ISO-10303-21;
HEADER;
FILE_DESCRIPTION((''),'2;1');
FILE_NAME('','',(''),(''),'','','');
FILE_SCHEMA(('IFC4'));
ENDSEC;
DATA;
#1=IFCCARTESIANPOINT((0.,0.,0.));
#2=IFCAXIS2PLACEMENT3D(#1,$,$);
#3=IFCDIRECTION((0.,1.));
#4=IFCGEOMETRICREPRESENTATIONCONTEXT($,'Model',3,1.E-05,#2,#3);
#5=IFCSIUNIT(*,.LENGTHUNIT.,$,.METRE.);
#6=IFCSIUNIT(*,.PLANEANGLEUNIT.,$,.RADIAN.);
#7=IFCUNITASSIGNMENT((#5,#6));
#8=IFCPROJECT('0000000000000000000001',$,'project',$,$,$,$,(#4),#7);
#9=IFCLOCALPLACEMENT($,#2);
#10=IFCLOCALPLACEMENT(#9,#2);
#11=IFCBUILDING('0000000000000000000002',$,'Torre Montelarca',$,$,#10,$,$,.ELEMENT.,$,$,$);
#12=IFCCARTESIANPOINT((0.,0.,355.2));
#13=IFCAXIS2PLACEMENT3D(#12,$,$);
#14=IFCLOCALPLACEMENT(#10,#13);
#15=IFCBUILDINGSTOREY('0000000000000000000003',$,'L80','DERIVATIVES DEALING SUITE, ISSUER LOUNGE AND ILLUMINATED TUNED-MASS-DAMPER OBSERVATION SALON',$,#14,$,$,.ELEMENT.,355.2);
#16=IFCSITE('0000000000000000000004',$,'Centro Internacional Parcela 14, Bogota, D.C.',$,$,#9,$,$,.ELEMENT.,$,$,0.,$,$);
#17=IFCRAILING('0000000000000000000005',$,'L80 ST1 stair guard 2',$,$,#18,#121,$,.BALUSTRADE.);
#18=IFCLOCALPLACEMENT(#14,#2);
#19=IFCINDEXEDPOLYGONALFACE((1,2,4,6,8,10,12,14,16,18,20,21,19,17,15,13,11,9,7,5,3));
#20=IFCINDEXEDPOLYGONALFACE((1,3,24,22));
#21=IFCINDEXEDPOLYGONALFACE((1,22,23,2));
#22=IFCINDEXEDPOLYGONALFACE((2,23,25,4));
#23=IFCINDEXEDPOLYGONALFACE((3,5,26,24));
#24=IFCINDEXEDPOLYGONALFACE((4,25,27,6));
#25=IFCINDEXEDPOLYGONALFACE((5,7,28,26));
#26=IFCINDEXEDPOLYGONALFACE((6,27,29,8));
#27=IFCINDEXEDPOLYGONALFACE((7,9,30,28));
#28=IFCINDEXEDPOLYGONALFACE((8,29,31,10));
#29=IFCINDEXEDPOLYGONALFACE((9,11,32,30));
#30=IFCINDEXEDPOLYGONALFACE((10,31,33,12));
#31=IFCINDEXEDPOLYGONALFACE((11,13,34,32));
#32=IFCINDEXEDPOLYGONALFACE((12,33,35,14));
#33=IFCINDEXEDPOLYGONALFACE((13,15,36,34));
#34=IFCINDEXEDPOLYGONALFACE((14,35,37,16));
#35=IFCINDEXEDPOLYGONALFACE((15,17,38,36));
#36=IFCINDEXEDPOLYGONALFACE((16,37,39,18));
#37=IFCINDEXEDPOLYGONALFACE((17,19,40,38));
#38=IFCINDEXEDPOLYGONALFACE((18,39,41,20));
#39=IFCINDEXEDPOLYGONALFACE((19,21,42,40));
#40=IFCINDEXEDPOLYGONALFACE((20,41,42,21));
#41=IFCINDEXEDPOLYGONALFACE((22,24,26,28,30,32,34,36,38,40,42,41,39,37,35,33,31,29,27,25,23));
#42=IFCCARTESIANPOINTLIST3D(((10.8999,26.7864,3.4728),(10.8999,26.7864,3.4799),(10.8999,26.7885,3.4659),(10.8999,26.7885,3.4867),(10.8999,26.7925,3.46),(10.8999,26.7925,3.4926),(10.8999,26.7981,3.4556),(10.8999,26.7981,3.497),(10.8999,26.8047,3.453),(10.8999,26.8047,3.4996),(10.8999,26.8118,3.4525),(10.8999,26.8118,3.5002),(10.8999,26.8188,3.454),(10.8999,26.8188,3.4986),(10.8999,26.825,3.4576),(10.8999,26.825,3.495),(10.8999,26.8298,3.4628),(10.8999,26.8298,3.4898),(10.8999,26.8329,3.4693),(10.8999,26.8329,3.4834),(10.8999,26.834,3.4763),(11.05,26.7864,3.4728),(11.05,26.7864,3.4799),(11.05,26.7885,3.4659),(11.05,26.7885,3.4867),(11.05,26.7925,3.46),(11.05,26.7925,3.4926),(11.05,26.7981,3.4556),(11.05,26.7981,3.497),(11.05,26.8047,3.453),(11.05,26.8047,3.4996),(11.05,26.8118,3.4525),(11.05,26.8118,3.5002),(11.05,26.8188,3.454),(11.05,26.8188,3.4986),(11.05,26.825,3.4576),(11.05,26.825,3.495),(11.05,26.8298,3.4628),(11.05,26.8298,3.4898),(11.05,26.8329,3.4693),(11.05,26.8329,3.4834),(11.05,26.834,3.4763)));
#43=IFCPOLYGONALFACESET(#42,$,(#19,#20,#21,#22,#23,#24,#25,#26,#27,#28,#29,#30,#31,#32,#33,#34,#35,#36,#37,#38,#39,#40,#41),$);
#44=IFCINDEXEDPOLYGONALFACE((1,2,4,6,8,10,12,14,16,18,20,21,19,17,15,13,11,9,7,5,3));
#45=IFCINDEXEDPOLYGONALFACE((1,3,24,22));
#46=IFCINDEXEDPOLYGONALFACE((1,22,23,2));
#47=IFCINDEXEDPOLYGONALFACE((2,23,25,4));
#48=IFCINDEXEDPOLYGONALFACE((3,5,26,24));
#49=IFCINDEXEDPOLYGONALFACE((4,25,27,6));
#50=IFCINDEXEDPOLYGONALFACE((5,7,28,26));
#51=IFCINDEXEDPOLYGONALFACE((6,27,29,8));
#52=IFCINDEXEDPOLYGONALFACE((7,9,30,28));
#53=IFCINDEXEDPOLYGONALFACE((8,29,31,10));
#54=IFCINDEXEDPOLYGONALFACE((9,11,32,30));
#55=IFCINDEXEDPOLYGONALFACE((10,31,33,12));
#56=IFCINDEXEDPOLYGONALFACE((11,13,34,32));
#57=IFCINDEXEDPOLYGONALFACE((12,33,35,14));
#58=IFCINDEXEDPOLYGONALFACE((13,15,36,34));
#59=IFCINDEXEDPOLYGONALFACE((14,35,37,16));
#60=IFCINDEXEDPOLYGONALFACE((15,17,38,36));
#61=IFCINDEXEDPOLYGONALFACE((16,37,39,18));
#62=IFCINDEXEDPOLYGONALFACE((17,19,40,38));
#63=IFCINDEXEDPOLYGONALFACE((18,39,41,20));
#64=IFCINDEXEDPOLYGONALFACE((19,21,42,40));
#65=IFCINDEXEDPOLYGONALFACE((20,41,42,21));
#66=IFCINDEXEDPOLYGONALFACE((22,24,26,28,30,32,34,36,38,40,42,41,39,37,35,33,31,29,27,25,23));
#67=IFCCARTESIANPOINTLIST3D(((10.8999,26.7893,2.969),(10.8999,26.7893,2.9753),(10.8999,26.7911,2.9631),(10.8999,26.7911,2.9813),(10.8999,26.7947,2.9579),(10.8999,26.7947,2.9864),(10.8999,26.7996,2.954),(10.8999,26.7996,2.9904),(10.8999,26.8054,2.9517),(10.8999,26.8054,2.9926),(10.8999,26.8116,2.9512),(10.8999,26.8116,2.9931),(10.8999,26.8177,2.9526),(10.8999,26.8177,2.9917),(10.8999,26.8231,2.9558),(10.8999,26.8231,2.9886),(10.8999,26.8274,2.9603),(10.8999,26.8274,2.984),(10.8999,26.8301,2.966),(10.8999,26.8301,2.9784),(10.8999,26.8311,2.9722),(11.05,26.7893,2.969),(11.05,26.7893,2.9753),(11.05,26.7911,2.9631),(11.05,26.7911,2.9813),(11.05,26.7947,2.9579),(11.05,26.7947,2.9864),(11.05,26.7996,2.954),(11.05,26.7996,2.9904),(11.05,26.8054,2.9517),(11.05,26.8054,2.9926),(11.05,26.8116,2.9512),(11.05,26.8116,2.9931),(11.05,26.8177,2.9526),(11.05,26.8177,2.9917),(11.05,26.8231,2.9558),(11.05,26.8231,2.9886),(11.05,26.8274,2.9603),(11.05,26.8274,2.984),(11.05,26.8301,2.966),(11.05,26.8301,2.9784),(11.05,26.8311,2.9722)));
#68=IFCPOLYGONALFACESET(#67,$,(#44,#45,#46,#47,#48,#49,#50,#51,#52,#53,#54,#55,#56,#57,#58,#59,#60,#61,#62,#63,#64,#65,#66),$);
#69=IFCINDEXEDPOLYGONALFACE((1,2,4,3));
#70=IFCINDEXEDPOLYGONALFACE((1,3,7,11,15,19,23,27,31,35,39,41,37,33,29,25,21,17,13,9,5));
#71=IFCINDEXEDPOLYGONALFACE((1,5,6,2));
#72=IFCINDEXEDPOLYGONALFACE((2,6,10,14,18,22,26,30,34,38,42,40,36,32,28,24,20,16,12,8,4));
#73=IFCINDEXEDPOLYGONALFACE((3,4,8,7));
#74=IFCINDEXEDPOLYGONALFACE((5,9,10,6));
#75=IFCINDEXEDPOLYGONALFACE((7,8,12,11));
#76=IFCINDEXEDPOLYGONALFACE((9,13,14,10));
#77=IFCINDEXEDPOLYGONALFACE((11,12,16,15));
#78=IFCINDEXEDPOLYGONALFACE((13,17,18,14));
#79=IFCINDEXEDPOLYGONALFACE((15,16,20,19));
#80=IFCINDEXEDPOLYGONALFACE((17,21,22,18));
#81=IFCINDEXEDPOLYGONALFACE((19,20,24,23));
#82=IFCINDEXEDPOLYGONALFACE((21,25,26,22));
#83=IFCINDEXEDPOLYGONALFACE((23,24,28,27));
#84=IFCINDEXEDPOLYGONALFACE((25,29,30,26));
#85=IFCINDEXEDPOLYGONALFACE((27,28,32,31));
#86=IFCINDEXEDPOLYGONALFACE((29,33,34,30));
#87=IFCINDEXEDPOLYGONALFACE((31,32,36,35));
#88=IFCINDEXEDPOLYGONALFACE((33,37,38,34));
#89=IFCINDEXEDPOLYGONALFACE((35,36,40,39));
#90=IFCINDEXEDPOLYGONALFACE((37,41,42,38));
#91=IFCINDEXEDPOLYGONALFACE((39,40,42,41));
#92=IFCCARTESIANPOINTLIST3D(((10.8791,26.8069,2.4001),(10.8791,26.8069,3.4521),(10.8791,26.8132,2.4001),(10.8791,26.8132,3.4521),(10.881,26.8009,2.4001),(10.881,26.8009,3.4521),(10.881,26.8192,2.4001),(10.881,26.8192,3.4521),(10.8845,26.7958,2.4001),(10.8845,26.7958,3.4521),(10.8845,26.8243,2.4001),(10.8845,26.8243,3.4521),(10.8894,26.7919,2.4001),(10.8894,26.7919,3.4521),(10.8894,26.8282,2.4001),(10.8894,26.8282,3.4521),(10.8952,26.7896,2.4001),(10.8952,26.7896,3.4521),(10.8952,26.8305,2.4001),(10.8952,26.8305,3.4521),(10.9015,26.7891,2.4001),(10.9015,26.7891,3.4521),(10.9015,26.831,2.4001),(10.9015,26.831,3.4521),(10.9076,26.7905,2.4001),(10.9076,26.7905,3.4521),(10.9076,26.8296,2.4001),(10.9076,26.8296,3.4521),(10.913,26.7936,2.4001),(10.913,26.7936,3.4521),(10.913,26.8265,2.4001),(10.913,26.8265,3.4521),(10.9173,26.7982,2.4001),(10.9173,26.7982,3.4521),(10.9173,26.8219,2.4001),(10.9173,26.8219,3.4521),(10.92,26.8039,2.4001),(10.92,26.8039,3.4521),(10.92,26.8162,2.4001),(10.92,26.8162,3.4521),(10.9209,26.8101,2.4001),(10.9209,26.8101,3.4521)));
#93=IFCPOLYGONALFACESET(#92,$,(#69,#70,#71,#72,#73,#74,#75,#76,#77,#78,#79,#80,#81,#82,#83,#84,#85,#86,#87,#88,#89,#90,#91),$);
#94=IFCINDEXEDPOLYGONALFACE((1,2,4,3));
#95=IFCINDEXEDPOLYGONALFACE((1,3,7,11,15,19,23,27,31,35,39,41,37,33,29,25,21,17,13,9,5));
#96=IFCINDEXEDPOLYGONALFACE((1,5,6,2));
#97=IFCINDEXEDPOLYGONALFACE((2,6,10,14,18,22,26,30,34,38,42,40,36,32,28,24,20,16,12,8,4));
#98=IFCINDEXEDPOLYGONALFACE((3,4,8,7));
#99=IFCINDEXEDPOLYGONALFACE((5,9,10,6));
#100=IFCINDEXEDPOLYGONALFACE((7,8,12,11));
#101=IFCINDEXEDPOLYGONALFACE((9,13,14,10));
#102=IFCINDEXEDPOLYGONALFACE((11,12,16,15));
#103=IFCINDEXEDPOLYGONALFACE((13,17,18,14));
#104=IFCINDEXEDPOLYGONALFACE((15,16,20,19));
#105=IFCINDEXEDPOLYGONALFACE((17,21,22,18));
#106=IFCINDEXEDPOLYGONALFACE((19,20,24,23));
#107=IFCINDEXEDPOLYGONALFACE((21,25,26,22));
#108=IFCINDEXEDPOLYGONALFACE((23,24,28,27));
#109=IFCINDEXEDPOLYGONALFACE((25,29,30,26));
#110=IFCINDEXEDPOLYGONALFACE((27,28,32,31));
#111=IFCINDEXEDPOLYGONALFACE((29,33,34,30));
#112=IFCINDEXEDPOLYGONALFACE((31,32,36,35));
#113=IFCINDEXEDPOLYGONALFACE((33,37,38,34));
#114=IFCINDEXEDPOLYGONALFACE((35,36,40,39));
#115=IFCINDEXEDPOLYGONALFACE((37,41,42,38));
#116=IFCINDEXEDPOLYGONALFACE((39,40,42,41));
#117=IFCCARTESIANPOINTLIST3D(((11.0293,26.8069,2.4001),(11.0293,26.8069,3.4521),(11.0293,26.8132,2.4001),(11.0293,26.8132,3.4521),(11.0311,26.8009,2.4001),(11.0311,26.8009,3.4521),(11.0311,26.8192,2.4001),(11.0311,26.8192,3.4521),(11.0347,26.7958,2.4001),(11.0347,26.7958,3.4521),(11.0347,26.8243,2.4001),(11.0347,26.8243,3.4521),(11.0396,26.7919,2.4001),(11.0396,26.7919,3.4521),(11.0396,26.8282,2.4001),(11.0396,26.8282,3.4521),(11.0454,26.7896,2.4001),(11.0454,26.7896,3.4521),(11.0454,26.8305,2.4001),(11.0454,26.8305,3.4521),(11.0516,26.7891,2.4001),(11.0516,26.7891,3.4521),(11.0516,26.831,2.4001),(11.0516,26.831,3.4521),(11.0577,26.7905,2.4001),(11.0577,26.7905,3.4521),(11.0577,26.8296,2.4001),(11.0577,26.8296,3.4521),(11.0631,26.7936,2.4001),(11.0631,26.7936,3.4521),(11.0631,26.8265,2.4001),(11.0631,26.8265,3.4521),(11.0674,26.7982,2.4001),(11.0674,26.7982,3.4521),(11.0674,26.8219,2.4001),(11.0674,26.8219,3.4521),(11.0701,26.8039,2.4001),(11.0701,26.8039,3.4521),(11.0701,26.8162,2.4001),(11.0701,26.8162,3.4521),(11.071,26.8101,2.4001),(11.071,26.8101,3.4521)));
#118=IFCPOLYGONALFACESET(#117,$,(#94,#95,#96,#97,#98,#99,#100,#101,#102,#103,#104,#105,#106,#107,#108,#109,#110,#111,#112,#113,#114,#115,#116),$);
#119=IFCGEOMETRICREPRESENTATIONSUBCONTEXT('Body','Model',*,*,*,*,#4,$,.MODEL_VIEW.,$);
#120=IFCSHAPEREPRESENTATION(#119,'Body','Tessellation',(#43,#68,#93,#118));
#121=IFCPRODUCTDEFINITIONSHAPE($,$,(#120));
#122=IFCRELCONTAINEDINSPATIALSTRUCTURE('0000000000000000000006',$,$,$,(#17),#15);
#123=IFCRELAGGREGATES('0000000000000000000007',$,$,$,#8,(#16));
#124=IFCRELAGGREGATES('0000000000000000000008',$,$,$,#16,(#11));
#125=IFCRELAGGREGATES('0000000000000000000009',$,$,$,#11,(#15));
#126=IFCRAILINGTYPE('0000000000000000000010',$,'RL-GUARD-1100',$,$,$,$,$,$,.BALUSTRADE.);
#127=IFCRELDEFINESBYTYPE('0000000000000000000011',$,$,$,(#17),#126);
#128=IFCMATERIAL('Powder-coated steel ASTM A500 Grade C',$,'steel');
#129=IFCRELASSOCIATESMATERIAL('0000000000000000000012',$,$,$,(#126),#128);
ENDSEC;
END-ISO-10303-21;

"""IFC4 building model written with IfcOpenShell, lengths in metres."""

from ifc_helpers import new_model, si_unit, direction, frame, origin, origin_2d, place, context, subcontext, project, spatial, circle, extrude, material, type_object, element, save


model = new_model("IFC4")

# Units and contexts
model_context = context("Model", 3, precision=1e-05, world=origin(), true_north=direction((0.0, 1.0)))
body_context = subcontext(model_context, "Body", "Model", "MODEL_VIEW")
ifc_project = project(units=[si_unit("LENGTHUNIT", "METRE"), si_unit("PLANEANGLEUNIT", "RADIAN")], contexts=[model_context])

# Site, building, storey
site_placement = place(None, origin())
site = spatial("IfcSite", under=ifc_project, at=site_placement, Name="Centro Internacional Parcela 14, Bogota, D.C.", CompositionType="ELEMENT", RefElevation=0.0)
building_placement = place(site_placement, origin())
building = spatial("IfcBuilding", under=site, at=building_placement, Name="Torre Montelarca", CompositionType="ELEMENT")
storey_placement = place(building_placement, frame((0.0, 0.0, 355.2)))
storey = spatial("IfcBuildingStorey", under=building, at=storey_placement, Name="L80", Description="DERIVATIVES DEALING SUITE, ISSUER LOUNGE AND ILLUMINATED TUNED-MASS-DAMPER OBSERVATION SALON", CompositionType="ELEMENT", Elevation=355.2)

# Railing
ifc_material_1 = material(Name="Powder-coated steel ASTM A500 Grade C", Category="steel")
railing_type_1 = type_object("IfcRailingType", Name="RL-GUARD-1100", PredefinedType="BALUSTRADE", material=ifc_material_1)
railing_1_placement = place(storey_placement, frame((10.8999, 26.8101, 2.4001)))
element("IfcRailing", 1, at=railing_1_placement, inside=storey, type_object=railing_type_1, Name="L80 ST1 stair guard 2", PredefinedType="BALUSTRADE", context=body_context, shape_type="SweptSolid", body=[
    extrude(circle(Radius=0.0239, at=origin_2d()), frame((0.0, 0.0, 1.0762), z_axis=(1.0, 0.0, 0.0), x_axis=(0.0, 1.0, 0.0)), (0.0, 0.0, 1.0), 0.1501),
    extrude(circle(Radius=0.021, at=origin_2d()), frame((0.0, 0.0, 0.572), z_axis=(1.0, 0.0, 0.0), x_axis=(0.0, 1.0, 0.0)), (0.0, 0.0, 1.0), 0.1501),
    extrude(circle(Radius=0.021, at=origin_2d()), origin(), (0.0, 0.0, 1.0), 1.052),
    extrude(circle(Radius=0.021, at=origin_2d()), frame((0.1501, 0.0, 0.0)), (0.0, 0.0, 1.0), 1.052),
])

save(model, "model.ifc")
